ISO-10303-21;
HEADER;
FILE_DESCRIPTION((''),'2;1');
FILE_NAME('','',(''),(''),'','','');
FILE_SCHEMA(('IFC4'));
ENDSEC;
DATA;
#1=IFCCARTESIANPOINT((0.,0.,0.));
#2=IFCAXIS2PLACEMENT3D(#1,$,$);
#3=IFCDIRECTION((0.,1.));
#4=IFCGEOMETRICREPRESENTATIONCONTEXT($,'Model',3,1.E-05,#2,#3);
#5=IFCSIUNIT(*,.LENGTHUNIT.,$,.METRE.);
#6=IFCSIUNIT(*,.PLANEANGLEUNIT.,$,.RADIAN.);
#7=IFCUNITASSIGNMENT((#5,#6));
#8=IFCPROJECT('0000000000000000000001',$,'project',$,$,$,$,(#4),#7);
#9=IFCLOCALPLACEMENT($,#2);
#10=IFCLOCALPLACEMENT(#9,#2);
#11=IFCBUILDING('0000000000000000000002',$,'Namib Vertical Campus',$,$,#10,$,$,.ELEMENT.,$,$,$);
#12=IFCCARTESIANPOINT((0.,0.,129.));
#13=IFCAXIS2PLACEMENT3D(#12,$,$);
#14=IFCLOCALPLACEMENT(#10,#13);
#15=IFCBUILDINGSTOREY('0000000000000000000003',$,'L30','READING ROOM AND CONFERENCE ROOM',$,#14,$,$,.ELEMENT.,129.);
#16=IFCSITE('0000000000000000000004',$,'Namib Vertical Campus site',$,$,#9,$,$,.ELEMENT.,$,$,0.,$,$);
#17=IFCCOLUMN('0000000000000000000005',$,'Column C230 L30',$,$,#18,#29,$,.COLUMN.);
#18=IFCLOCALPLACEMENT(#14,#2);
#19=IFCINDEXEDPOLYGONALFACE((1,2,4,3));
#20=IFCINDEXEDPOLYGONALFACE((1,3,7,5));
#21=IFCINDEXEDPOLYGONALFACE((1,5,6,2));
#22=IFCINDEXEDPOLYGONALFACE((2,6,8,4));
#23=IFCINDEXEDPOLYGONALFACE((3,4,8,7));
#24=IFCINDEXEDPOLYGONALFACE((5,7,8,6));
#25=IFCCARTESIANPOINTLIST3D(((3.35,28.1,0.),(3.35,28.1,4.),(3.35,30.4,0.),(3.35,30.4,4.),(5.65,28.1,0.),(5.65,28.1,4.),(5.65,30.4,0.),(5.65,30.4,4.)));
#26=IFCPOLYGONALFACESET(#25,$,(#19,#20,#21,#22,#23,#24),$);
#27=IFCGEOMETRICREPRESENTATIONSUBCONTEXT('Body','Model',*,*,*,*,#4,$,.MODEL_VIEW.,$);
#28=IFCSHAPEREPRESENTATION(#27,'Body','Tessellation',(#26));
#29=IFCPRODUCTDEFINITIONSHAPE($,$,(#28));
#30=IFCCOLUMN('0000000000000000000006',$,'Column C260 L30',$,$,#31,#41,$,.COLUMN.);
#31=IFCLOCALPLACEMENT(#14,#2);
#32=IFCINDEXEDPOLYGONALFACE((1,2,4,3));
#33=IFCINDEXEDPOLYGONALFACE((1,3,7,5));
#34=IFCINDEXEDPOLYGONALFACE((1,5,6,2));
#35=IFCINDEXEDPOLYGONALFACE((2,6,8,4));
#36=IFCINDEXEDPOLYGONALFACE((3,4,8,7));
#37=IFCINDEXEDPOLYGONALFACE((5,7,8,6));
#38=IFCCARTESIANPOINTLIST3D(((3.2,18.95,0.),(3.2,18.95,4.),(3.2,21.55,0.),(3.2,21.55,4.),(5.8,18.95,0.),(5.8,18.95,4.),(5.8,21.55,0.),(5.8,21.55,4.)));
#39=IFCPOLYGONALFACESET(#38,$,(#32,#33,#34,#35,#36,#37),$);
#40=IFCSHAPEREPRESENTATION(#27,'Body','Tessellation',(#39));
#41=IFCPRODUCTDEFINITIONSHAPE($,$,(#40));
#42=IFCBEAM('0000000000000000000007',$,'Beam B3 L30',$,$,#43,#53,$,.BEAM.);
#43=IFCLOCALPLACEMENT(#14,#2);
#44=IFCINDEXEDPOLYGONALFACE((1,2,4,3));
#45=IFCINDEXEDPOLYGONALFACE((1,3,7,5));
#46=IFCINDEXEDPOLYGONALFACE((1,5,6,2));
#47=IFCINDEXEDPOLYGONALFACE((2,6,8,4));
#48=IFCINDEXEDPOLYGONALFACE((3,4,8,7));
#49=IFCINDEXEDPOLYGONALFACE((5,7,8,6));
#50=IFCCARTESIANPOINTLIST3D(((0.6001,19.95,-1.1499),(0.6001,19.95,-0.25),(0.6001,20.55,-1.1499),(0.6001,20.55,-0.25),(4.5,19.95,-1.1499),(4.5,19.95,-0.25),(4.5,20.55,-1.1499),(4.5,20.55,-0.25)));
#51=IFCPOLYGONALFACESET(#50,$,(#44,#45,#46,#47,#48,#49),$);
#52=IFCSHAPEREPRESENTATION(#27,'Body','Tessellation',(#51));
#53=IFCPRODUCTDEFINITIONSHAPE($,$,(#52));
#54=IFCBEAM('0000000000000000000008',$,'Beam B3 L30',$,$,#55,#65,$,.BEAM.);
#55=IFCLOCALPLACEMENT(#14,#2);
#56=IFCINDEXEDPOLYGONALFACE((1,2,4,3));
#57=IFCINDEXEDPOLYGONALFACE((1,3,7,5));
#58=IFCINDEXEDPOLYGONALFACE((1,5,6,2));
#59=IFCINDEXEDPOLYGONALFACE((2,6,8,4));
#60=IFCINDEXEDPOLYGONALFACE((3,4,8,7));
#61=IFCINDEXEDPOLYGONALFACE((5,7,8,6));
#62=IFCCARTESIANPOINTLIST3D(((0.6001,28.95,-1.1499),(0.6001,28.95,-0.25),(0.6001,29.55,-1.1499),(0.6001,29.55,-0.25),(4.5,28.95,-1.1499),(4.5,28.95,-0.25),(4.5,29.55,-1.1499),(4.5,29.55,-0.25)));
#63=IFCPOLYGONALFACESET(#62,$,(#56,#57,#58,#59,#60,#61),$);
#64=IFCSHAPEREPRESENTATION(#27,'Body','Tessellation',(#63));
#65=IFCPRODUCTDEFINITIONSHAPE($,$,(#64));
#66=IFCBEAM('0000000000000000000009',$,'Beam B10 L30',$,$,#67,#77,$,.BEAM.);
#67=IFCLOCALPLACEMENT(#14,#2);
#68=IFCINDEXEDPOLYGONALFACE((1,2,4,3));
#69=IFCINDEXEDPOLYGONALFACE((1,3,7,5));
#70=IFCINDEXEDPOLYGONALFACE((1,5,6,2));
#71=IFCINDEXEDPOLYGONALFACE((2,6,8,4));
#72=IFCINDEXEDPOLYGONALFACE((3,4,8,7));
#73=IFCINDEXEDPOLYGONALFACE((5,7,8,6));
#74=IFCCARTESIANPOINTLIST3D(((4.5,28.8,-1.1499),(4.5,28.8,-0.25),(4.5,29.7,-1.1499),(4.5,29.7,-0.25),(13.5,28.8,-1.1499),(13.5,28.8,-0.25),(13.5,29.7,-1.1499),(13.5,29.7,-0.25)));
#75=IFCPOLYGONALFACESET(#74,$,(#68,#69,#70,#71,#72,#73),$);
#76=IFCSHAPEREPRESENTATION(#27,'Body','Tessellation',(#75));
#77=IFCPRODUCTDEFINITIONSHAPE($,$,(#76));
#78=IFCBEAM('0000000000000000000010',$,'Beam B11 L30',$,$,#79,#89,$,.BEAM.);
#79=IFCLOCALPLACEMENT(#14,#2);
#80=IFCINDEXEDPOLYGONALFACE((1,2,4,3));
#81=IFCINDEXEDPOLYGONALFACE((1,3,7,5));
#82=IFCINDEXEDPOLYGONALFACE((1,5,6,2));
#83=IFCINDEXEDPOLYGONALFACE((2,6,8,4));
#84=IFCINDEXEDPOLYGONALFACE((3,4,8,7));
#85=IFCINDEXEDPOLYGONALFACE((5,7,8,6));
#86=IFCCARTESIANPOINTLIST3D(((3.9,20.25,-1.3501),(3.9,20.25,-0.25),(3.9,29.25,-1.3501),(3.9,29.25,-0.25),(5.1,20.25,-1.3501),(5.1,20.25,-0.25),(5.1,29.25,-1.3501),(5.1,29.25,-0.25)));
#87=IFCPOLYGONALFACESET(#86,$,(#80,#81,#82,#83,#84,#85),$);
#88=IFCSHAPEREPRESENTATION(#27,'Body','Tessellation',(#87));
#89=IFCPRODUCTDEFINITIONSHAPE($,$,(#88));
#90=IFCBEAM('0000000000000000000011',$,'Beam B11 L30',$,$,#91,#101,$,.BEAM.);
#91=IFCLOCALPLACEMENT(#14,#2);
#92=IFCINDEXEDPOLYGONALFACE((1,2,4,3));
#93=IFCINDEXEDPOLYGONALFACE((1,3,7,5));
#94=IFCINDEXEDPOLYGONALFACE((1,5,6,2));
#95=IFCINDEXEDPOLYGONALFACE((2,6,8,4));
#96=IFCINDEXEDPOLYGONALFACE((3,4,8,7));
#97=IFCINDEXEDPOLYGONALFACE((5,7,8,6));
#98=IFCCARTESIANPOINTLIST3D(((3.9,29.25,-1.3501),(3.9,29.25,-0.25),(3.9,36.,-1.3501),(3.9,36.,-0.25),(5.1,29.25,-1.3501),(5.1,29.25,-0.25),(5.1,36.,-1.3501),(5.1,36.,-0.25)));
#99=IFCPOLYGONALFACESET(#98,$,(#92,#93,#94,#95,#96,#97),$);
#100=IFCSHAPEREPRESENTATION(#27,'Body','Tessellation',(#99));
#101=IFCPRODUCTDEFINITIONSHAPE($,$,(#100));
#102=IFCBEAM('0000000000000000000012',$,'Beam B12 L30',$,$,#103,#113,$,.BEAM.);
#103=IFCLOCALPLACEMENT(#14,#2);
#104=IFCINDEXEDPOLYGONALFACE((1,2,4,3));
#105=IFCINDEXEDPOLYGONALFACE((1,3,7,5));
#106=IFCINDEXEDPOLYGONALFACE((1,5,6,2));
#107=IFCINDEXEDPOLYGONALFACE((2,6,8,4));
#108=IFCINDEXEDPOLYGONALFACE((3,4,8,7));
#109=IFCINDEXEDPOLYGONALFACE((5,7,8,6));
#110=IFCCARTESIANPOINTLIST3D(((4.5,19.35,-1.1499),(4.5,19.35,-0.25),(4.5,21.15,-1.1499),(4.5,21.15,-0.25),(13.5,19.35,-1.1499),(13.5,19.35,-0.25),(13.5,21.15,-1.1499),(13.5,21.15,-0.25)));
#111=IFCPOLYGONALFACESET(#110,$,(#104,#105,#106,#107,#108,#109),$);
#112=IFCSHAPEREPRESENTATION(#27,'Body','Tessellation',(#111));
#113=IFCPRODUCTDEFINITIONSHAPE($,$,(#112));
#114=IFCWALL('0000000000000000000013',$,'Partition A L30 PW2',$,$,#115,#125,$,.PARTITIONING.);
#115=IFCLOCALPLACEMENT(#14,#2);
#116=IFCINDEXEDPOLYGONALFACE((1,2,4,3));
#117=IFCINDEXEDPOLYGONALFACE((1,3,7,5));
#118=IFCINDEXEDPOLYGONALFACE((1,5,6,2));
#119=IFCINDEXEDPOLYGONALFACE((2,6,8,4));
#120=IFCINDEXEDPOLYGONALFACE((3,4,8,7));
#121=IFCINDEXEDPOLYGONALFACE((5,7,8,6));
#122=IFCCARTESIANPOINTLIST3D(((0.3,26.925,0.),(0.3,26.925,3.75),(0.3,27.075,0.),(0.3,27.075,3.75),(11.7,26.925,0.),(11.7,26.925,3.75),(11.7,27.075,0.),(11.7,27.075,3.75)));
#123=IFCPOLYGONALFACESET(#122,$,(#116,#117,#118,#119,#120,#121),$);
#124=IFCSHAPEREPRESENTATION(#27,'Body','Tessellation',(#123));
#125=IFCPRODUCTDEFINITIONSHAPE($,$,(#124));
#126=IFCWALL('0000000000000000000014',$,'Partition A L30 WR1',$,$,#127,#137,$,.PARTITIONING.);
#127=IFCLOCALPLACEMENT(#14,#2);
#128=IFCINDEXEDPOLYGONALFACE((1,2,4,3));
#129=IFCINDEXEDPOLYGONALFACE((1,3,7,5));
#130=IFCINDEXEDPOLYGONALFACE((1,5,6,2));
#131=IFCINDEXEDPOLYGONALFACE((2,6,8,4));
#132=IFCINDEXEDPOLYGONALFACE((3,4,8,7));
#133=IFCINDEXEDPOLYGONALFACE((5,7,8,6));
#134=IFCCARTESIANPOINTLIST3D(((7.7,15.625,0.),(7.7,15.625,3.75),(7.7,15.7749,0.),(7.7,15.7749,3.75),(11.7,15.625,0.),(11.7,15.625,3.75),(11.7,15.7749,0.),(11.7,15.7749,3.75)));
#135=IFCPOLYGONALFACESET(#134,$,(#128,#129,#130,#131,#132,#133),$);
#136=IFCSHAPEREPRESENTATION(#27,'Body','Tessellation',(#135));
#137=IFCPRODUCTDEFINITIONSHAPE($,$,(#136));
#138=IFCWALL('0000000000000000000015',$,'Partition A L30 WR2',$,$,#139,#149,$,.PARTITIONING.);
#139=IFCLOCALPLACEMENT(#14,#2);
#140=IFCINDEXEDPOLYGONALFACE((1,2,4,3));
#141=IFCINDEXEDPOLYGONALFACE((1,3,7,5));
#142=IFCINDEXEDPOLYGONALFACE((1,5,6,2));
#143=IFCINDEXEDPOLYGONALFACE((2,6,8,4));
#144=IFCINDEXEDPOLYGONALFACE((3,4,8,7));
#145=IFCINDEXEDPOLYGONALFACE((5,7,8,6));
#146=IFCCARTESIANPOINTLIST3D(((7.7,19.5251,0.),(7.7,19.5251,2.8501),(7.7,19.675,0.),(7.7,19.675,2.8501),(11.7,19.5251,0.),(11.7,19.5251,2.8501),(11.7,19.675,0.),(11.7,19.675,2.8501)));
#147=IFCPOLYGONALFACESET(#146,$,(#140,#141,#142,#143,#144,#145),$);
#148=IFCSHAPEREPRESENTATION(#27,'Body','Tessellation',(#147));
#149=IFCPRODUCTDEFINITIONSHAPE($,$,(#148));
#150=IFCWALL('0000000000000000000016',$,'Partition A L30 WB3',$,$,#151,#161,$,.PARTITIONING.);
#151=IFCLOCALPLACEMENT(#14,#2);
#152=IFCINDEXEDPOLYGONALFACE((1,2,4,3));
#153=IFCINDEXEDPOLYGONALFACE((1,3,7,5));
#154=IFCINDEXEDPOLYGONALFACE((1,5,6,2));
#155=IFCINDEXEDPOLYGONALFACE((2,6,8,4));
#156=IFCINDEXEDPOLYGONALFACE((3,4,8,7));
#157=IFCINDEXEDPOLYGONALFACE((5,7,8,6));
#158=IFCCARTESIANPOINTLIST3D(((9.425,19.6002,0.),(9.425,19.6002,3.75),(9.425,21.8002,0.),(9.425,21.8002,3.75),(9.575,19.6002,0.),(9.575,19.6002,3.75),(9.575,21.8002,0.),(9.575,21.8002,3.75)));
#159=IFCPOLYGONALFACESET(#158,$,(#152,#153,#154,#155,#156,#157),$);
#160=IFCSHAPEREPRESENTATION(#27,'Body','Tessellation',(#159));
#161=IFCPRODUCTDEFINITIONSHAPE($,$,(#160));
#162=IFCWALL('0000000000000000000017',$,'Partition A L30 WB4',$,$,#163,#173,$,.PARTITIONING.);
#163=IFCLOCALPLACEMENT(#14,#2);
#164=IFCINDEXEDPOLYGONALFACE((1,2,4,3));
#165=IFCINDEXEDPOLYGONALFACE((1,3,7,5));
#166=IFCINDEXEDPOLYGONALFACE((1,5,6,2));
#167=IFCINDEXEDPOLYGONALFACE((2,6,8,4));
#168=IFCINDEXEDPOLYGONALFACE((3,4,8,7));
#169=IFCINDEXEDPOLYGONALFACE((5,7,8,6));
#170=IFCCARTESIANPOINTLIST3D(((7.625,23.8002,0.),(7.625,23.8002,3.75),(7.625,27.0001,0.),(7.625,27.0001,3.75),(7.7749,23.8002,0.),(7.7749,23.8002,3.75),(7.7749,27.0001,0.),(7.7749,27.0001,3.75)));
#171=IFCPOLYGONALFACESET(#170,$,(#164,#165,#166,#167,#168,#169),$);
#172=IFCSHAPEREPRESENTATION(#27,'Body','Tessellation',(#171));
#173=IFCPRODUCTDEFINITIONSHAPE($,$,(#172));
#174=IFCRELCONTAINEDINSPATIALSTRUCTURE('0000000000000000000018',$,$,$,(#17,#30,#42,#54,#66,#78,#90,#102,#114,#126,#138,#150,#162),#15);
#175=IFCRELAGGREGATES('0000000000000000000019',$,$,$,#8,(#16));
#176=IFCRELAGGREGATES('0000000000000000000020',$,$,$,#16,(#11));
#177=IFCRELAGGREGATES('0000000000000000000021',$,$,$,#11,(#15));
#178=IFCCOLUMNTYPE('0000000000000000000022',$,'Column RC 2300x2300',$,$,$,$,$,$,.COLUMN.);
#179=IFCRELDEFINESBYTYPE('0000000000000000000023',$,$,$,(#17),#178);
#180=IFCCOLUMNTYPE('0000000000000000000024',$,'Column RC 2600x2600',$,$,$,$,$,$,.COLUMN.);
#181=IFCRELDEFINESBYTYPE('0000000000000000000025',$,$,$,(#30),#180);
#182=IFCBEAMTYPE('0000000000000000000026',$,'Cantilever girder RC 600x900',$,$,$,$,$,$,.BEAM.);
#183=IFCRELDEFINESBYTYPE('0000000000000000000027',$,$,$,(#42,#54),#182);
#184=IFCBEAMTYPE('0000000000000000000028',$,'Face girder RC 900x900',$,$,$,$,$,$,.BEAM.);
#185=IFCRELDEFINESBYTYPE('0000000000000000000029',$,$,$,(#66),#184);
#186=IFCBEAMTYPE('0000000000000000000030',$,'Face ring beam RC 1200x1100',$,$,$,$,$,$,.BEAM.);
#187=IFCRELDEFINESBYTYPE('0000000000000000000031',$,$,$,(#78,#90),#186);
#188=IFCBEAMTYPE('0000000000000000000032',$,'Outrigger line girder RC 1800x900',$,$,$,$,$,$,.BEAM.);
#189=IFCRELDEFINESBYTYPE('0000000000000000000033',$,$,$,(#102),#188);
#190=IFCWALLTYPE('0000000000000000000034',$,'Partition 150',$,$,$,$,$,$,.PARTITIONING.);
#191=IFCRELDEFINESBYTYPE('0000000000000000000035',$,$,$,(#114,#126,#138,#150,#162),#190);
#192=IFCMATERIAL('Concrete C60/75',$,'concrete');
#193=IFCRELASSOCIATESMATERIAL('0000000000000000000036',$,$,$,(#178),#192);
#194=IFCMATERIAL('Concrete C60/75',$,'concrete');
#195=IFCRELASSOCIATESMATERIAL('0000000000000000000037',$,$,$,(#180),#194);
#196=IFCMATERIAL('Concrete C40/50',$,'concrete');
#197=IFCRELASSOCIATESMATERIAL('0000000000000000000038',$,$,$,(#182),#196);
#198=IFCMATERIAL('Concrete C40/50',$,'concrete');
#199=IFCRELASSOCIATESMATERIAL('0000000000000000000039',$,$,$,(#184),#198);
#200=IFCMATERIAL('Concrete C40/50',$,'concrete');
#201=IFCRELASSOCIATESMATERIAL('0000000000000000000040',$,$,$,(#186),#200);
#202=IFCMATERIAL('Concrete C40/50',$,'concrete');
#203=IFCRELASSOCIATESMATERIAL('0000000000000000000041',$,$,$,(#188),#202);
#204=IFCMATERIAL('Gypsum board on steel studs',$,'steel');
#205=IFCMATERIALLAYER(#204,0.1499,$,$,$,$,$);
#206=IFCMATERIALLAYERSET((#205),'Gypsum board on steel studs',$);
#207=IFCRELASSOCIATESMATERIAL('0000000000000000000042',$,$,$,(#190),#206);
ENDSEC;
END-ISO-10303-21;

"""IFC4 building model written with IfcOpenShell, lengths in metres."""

from ifc_helpers import new_model, si_unit, direction, frame, frame_2d, origin, origin_2d, place, context, subcontext, project, spatial, rectangle, extrude, material, layer, layer_set, material_profile, profile_set, type_object, element, save


model = new_model("IFC4")

# Units and contexts
model_context = context("Model", 3, precision=1e-05, world=origin(), true_north=direction((0.0, 1.0)))
body_context = subcontext(model_context, "Body", "Model", "MODEL_VIEW")
ifc_project = project(units=[si_unit("LENGTHUNIT", "METRE"), si_unit("PLANEANGLEUNIT", "RADIAN")], contexts=[model_context])

# Site, building, storey
site_placement = place(None, origin())
site = spatial("IfcSite", under=ifc_project, at=site_placement, Name="Namib Vertical Campus site", CompositionType="ELEMENT", RefElevation=0.0)
building_placement = place(site_placement, origin())
building = spatial("IfcBuilding", under=site, at=building_placement, Name="Namib Vertical Campus", CompositionType="ELEMENT")
storey_placement = place(building_placement, frame((0.0, 0.0, 129.0)))
storey = spatial("IfcBuildingStorey", under=building, at=storey_placement, Name="L30", Description="READING ROOM AND CONFERENCE ROOM", CompositionType="ELEMENT", Elevation=129.0)

# Columns
ifc_material_1 = material(Name="Concrete C60/75", Category="concrete")
ifc_material_profile_1 = material_profile(ifc_material_1, rectangle(XDim=2.3, YDim=2.3, at=origin_2d()))
ifc_profile_set_1 = profile_set([ifc_material_profile_1], Name="Concrete C60/75")
column_type_1 = type_object("IfcColumnType", Name="Column RC 2300x2300", PredefinedType="COLUMN", material=ifc_profile_set_1)
column_1_placement = place(storey_placement, frame((4.5, 29.25, 0.0), z_axis=(0.0, 0.0, 1.0), x_axis=(1.0, 0.0, 0.0)))
element("IfcColumn", 1, at=column_1_placement, inside=storey, type_object=column_type_1, Name="Column C230 L30", PredefinedType="COLUMN", context=body_context, shape_type="SweptSolid", body=[
    extrude(rectangle(XDim=2.3, YDim=2.3, at=origin_2d()), origin(), (0.0, 0.0, 1.0), 4.0),
])
ifc_material_2 = material(Name="Concrete C60/75", Category="concrete")
ifc_material_profile_2 = material_profile(ifc_material_2, rectangle(XDim=2.6001, YDim=2.6001, at=origin_2d()))
ifc_profile_set_2 = profile_set([ifc_material_profile_2], Name="Concrete C60/75")
column_type_2 = type_object("IfcColumnType", Name="Column RC 2600x2600", PredefinedType="COLUMN", material=ifc_profile_set_2)
column_2_placement = place(storey_placement, frame((4.5, 20.25, 0.0), z_axis=(0.0, 0.0, 1.0), x_axis=(1.0, 0.0, 0.0)))
element("IfcColumn", 2, at=column_2_placement, inside=storey, type_object=column_type_2, Name="Column C260 L30", PredefinedType="COLUMN", context=body_context, shape_type="SweptSolid", body=[
    extrude(rectangle(XDim=2.6001, YDim=2.6001, at=origin_2d()), origin(), (0.0, 0.0, 1.0), 4.0),
])

# Beams
ifc_material_3 = material(Name="Concrete C40/50", Category="concrete")
ifc_material_profile_3 = material_profile(ifc_material_3, rectangle(XDim=0.6001, YDim=0.8999, at=origin_2d()))
ifc_profile_set_3 = profile_set([ifc_material_profile_3], Name="Concrete C40/50")
beam_type_1 = type_object("IfcBeamType", Name="Cantilever girder RC 600x900", PredefinedType="BEAM", material=ifc_profile_set_3)
for number, where, z_axis, x_axis, name in (
    (3, (4.5, 20.25, -0.7), (-1.0, 0.0, 0.0), (0.0, -1.0, 0.0), "Beam B3 L30"),
    (4, (4.5, 29.25, -0.7), (-1.0, 0.0, 0.0), (0.0, -1.0, 0.0), "Beam B3 L30"),
):
    element("IfcBeam", number, at=place(storey_placement, frame(where, z_axis=z_axis, x_axis=x_axis)), inside=storey, type_object=beam_type_1, Name=name, PredefinedType="BEAM", context=body_context, shape_type="SweptSolid", body=[
        extrude(rectangle(XDim=0.6001, YDim=0.8999, at=origin_2d()), origin(), (0.0, 0.0, 1.0), 3.8999),
    ])
ifc_material_4 = material(Name="Concrete C40/50", Category="concrete")
ifc_material_profile_4 = material_profile(ifc_material_4, rectangle(XDim=0.8999, YDim=0.8999, at=origin_2d()))
ifc_profile_set_4 = profile_set([ifc_material_profile_4], Name="Concrete C40/50")
beam_type_2 = type_object("IfcBeamType", Name="Face girder RC 900x900", PredefinedType="BEAM", material=ifc_profile_set_4)
beam_1_placement = place(storey_placement, frame((4.5, 29.25, -0.7), z_axis=(1.0, 0.0, 0.0), x_axis=(0.0, 1.0, 0.0)))
element("IfcBeam", 5, at=beam_1_placement, inside=storey, type_object=beam_type_2, Name="Beam B10 L30", PredefinedType="BEAM", context=body_context, shape_type="SweptSolid", body=[
    extrude(rectangle(XDim=0.8999, YDim=0.8999, at=origin_2d()), origin(), (0.0, 0.0, 1.0), 9.0),
])
ifc_material_5 = material(Name="Concrete C40/50", Category="concrete")
ifc_material_profile_5 = material_profile(ifc_material_5, rectangle(XDim=1.2, YDim=1.1001, at=origin_2d()))
ifc_profile_set_5 = profile_set([ifc_material_profile_5], Name="Concrete C40/50")
beam_type_3 = type_object("IfcBeamType", Name="Face ring beam RC 1200x1100", PredefinedType="BEAM", material=ifc_profile_set_5)
beam_2_placement = place(storey_placement, frame((4.5, 20.25, -0.8), z_axis=(0.0, 1.0, 0.0), x_axis=(-1.0, 0.0, 0.0)))
element("IfcBeam", 6, at=beam_2_placement, inside=storey, type_object=beam_type_3, Name="Beam B11 L30", PredefinedType="BEAM", context=body_context, shape_type="SweptSolid", body=[
    extrude(rectangle(XDim=1.2, YDim=1.1001, at=origin_2d()), origin(), (0.0, 0.0, 1.0), 9.0),
])
beam_3_placement = place(storey_placement, frame((4.5, 29.25, -0.8), z_axis=(0.0, 1.0, 0.0), x_axis=(-1.0, 0.0, 0.0)))
element("IfcBeam", 7, at=beam_3_placement, inside=storey, type_object=beam_type_3, Name="Beam B11 L30", PredefinedType="BEAM", context=body_context, shape_type="SweptSolid", body=[
    extrude(rectangle(XDim=1.2, YDim=1.1001, at=origin_2d()), origin(), (0.0, 0.0, 1.0), 6.75),
])
ifc_material_6 = material(Name="Concrete C40/50", Category="concrete")
ifc_material_profile_6 = material_profile(ifc_material_6, rectangle(XDim=1.8, YDim=0.8999, at=origin_2d()))
ifc_profile_set_6 = profile_set([ifc_material_profile_6], Name="Concrete C40/50")
beam_type_4 = type_object("IfcBeamType", Name="Outrigger line girder RC 1800x900", PredefinedType="BEAM", material=ifc_profile_set_6)
beam_4_placement = place(storey_placement, frame((4.5, 20.25, -0.7), z_axis=(1.0, 0.0, 0.0), x_axis=(0.0, 1.0, 0.0)))
element("IfcBeam", 8, at=beam_4_placement, inside=storey, type_object=beam_type_4, Name="Beam B12 L30", PredefinedType="BEAM", context=body_context, shape_type="SweptSolid", body=[
    extrude(rectangle(XDim=1.8, YDim=0.8999, at=origin_2d()), origin(), (0.0, 0.0, 1.0), 9.0),
])

# Walls
ifc_material_7 = material(Name="Gypsum board on steel studs", Category="steel")
ifc_layer_1 = layer(ifc_material_7, 0.1499)
ifc_layer_set_1 = layer_set([ifc_layer_1], Name="Gypsum board on steel studs")
wall_type = type_object("IfcWallType", Name="Partition 150", PredefinedType="PARTITIONING", material=ifc_layer_set_1)
wall_1_placement = place(storey_placement, frame((0.3, 27.0, 0.0), z_axis=(0.0, 0.0, 1.0), x_axis=(1.0, 0.0, 0.0)))
element("IfcWall", 9, at=wall_1_placement, inside=storey, type_object=wall_type, Name="Partition A L30 PW2", PredefinedType="PARTITIONING", context=body_context, shape_type="SweptSolid", body=[
    extrude(rectangle(XDim=11.3999, YDim=0.1499, at=frame_2d((5.7, 0.0))), origin(), (0.0, 0.0, 1.0), 3.75),
])
wall_2_placement = place(storey_placement, frame((11.7, 15.7, 0.0), z_axis=(0.0, 0.0, 1.0), x_axis=(-1.0, 0.0, 0.0)))
element("IfcWall", 10, at=wall_2_placement, inside=storey, type_object=wall_type, Name="Partition A L30 WR1", PredefinedType="PARTITIONING", context=body_context, shape_type="SweptSolid", body=[
    extrude(rectangle(XDim=4.0, YDim=0.1499, at=frame_2d((2.0, 0.0))), origin(), (0.0, 0.0, 1.0), 3.75),
])
wall_3_placement = place(storey_placement, frame((11.7, 19.6001, 0.0), z_axis=(0.0, 0.0, 1.0), x_axis=(-1.0, 0.0, 0.0)))
element("IfcWall", 11, at=wall_3_placement, inside=storey, type_object=wall_type, Name="Partition A L30 WR2", PredefinedType="PARTITIONING", context=body_context, shape_type="SweptSolid", body=[
    extrude(rectangle(XDim=4.0, YDim=0.1499, at=frame_2d((2.0, 0.0))), origin(), (0.0, 0.0, 1.0), 2.8501),
])
wall_4_placement = place(storey_placement, frame((9.5, 19.6001, 0.0), z_axis=(0.0, 0.0, 1.0), x_axis=(0.0, 1.0, 0.0)))
element("IfcWall", 12, at=wall_4_placement, inside=storey, type_object=wall_type, Name="Partition A L30 WB3", PredefinedType="PARTITIONING", context=body_context, shape_type="SweptSolid", body=[
    extrude(rectangle(XDim=2.2, YDim=0.1499, at=frame_2d((1.1001, 0.0))), origin(), (0.0, 0.0, 1.0), 3.75),
])
wall_5_placement = place(storey_placement, frame((7.7, 23.8, 0.0), z_axis=(0.0, 0.0, 1.0), x_axis=(0.0, 1.0, 0.0)))
element("IfcWall", 13, at=wall_5_placement, inside=storey, type_object=wall_type, Name="Partition A L30 WB4", PredefinedType="PARTITIONING", context=body_context, shape_type="SweptSolid", body=[
    extrude(rectangle(XDim=3.2, YDim=0.1499, at=frame_2d((1.6001, 0.0))), origin(), (0.0, 0.0, 1.0), 3.75),
])

save(model, "model.ifc")
